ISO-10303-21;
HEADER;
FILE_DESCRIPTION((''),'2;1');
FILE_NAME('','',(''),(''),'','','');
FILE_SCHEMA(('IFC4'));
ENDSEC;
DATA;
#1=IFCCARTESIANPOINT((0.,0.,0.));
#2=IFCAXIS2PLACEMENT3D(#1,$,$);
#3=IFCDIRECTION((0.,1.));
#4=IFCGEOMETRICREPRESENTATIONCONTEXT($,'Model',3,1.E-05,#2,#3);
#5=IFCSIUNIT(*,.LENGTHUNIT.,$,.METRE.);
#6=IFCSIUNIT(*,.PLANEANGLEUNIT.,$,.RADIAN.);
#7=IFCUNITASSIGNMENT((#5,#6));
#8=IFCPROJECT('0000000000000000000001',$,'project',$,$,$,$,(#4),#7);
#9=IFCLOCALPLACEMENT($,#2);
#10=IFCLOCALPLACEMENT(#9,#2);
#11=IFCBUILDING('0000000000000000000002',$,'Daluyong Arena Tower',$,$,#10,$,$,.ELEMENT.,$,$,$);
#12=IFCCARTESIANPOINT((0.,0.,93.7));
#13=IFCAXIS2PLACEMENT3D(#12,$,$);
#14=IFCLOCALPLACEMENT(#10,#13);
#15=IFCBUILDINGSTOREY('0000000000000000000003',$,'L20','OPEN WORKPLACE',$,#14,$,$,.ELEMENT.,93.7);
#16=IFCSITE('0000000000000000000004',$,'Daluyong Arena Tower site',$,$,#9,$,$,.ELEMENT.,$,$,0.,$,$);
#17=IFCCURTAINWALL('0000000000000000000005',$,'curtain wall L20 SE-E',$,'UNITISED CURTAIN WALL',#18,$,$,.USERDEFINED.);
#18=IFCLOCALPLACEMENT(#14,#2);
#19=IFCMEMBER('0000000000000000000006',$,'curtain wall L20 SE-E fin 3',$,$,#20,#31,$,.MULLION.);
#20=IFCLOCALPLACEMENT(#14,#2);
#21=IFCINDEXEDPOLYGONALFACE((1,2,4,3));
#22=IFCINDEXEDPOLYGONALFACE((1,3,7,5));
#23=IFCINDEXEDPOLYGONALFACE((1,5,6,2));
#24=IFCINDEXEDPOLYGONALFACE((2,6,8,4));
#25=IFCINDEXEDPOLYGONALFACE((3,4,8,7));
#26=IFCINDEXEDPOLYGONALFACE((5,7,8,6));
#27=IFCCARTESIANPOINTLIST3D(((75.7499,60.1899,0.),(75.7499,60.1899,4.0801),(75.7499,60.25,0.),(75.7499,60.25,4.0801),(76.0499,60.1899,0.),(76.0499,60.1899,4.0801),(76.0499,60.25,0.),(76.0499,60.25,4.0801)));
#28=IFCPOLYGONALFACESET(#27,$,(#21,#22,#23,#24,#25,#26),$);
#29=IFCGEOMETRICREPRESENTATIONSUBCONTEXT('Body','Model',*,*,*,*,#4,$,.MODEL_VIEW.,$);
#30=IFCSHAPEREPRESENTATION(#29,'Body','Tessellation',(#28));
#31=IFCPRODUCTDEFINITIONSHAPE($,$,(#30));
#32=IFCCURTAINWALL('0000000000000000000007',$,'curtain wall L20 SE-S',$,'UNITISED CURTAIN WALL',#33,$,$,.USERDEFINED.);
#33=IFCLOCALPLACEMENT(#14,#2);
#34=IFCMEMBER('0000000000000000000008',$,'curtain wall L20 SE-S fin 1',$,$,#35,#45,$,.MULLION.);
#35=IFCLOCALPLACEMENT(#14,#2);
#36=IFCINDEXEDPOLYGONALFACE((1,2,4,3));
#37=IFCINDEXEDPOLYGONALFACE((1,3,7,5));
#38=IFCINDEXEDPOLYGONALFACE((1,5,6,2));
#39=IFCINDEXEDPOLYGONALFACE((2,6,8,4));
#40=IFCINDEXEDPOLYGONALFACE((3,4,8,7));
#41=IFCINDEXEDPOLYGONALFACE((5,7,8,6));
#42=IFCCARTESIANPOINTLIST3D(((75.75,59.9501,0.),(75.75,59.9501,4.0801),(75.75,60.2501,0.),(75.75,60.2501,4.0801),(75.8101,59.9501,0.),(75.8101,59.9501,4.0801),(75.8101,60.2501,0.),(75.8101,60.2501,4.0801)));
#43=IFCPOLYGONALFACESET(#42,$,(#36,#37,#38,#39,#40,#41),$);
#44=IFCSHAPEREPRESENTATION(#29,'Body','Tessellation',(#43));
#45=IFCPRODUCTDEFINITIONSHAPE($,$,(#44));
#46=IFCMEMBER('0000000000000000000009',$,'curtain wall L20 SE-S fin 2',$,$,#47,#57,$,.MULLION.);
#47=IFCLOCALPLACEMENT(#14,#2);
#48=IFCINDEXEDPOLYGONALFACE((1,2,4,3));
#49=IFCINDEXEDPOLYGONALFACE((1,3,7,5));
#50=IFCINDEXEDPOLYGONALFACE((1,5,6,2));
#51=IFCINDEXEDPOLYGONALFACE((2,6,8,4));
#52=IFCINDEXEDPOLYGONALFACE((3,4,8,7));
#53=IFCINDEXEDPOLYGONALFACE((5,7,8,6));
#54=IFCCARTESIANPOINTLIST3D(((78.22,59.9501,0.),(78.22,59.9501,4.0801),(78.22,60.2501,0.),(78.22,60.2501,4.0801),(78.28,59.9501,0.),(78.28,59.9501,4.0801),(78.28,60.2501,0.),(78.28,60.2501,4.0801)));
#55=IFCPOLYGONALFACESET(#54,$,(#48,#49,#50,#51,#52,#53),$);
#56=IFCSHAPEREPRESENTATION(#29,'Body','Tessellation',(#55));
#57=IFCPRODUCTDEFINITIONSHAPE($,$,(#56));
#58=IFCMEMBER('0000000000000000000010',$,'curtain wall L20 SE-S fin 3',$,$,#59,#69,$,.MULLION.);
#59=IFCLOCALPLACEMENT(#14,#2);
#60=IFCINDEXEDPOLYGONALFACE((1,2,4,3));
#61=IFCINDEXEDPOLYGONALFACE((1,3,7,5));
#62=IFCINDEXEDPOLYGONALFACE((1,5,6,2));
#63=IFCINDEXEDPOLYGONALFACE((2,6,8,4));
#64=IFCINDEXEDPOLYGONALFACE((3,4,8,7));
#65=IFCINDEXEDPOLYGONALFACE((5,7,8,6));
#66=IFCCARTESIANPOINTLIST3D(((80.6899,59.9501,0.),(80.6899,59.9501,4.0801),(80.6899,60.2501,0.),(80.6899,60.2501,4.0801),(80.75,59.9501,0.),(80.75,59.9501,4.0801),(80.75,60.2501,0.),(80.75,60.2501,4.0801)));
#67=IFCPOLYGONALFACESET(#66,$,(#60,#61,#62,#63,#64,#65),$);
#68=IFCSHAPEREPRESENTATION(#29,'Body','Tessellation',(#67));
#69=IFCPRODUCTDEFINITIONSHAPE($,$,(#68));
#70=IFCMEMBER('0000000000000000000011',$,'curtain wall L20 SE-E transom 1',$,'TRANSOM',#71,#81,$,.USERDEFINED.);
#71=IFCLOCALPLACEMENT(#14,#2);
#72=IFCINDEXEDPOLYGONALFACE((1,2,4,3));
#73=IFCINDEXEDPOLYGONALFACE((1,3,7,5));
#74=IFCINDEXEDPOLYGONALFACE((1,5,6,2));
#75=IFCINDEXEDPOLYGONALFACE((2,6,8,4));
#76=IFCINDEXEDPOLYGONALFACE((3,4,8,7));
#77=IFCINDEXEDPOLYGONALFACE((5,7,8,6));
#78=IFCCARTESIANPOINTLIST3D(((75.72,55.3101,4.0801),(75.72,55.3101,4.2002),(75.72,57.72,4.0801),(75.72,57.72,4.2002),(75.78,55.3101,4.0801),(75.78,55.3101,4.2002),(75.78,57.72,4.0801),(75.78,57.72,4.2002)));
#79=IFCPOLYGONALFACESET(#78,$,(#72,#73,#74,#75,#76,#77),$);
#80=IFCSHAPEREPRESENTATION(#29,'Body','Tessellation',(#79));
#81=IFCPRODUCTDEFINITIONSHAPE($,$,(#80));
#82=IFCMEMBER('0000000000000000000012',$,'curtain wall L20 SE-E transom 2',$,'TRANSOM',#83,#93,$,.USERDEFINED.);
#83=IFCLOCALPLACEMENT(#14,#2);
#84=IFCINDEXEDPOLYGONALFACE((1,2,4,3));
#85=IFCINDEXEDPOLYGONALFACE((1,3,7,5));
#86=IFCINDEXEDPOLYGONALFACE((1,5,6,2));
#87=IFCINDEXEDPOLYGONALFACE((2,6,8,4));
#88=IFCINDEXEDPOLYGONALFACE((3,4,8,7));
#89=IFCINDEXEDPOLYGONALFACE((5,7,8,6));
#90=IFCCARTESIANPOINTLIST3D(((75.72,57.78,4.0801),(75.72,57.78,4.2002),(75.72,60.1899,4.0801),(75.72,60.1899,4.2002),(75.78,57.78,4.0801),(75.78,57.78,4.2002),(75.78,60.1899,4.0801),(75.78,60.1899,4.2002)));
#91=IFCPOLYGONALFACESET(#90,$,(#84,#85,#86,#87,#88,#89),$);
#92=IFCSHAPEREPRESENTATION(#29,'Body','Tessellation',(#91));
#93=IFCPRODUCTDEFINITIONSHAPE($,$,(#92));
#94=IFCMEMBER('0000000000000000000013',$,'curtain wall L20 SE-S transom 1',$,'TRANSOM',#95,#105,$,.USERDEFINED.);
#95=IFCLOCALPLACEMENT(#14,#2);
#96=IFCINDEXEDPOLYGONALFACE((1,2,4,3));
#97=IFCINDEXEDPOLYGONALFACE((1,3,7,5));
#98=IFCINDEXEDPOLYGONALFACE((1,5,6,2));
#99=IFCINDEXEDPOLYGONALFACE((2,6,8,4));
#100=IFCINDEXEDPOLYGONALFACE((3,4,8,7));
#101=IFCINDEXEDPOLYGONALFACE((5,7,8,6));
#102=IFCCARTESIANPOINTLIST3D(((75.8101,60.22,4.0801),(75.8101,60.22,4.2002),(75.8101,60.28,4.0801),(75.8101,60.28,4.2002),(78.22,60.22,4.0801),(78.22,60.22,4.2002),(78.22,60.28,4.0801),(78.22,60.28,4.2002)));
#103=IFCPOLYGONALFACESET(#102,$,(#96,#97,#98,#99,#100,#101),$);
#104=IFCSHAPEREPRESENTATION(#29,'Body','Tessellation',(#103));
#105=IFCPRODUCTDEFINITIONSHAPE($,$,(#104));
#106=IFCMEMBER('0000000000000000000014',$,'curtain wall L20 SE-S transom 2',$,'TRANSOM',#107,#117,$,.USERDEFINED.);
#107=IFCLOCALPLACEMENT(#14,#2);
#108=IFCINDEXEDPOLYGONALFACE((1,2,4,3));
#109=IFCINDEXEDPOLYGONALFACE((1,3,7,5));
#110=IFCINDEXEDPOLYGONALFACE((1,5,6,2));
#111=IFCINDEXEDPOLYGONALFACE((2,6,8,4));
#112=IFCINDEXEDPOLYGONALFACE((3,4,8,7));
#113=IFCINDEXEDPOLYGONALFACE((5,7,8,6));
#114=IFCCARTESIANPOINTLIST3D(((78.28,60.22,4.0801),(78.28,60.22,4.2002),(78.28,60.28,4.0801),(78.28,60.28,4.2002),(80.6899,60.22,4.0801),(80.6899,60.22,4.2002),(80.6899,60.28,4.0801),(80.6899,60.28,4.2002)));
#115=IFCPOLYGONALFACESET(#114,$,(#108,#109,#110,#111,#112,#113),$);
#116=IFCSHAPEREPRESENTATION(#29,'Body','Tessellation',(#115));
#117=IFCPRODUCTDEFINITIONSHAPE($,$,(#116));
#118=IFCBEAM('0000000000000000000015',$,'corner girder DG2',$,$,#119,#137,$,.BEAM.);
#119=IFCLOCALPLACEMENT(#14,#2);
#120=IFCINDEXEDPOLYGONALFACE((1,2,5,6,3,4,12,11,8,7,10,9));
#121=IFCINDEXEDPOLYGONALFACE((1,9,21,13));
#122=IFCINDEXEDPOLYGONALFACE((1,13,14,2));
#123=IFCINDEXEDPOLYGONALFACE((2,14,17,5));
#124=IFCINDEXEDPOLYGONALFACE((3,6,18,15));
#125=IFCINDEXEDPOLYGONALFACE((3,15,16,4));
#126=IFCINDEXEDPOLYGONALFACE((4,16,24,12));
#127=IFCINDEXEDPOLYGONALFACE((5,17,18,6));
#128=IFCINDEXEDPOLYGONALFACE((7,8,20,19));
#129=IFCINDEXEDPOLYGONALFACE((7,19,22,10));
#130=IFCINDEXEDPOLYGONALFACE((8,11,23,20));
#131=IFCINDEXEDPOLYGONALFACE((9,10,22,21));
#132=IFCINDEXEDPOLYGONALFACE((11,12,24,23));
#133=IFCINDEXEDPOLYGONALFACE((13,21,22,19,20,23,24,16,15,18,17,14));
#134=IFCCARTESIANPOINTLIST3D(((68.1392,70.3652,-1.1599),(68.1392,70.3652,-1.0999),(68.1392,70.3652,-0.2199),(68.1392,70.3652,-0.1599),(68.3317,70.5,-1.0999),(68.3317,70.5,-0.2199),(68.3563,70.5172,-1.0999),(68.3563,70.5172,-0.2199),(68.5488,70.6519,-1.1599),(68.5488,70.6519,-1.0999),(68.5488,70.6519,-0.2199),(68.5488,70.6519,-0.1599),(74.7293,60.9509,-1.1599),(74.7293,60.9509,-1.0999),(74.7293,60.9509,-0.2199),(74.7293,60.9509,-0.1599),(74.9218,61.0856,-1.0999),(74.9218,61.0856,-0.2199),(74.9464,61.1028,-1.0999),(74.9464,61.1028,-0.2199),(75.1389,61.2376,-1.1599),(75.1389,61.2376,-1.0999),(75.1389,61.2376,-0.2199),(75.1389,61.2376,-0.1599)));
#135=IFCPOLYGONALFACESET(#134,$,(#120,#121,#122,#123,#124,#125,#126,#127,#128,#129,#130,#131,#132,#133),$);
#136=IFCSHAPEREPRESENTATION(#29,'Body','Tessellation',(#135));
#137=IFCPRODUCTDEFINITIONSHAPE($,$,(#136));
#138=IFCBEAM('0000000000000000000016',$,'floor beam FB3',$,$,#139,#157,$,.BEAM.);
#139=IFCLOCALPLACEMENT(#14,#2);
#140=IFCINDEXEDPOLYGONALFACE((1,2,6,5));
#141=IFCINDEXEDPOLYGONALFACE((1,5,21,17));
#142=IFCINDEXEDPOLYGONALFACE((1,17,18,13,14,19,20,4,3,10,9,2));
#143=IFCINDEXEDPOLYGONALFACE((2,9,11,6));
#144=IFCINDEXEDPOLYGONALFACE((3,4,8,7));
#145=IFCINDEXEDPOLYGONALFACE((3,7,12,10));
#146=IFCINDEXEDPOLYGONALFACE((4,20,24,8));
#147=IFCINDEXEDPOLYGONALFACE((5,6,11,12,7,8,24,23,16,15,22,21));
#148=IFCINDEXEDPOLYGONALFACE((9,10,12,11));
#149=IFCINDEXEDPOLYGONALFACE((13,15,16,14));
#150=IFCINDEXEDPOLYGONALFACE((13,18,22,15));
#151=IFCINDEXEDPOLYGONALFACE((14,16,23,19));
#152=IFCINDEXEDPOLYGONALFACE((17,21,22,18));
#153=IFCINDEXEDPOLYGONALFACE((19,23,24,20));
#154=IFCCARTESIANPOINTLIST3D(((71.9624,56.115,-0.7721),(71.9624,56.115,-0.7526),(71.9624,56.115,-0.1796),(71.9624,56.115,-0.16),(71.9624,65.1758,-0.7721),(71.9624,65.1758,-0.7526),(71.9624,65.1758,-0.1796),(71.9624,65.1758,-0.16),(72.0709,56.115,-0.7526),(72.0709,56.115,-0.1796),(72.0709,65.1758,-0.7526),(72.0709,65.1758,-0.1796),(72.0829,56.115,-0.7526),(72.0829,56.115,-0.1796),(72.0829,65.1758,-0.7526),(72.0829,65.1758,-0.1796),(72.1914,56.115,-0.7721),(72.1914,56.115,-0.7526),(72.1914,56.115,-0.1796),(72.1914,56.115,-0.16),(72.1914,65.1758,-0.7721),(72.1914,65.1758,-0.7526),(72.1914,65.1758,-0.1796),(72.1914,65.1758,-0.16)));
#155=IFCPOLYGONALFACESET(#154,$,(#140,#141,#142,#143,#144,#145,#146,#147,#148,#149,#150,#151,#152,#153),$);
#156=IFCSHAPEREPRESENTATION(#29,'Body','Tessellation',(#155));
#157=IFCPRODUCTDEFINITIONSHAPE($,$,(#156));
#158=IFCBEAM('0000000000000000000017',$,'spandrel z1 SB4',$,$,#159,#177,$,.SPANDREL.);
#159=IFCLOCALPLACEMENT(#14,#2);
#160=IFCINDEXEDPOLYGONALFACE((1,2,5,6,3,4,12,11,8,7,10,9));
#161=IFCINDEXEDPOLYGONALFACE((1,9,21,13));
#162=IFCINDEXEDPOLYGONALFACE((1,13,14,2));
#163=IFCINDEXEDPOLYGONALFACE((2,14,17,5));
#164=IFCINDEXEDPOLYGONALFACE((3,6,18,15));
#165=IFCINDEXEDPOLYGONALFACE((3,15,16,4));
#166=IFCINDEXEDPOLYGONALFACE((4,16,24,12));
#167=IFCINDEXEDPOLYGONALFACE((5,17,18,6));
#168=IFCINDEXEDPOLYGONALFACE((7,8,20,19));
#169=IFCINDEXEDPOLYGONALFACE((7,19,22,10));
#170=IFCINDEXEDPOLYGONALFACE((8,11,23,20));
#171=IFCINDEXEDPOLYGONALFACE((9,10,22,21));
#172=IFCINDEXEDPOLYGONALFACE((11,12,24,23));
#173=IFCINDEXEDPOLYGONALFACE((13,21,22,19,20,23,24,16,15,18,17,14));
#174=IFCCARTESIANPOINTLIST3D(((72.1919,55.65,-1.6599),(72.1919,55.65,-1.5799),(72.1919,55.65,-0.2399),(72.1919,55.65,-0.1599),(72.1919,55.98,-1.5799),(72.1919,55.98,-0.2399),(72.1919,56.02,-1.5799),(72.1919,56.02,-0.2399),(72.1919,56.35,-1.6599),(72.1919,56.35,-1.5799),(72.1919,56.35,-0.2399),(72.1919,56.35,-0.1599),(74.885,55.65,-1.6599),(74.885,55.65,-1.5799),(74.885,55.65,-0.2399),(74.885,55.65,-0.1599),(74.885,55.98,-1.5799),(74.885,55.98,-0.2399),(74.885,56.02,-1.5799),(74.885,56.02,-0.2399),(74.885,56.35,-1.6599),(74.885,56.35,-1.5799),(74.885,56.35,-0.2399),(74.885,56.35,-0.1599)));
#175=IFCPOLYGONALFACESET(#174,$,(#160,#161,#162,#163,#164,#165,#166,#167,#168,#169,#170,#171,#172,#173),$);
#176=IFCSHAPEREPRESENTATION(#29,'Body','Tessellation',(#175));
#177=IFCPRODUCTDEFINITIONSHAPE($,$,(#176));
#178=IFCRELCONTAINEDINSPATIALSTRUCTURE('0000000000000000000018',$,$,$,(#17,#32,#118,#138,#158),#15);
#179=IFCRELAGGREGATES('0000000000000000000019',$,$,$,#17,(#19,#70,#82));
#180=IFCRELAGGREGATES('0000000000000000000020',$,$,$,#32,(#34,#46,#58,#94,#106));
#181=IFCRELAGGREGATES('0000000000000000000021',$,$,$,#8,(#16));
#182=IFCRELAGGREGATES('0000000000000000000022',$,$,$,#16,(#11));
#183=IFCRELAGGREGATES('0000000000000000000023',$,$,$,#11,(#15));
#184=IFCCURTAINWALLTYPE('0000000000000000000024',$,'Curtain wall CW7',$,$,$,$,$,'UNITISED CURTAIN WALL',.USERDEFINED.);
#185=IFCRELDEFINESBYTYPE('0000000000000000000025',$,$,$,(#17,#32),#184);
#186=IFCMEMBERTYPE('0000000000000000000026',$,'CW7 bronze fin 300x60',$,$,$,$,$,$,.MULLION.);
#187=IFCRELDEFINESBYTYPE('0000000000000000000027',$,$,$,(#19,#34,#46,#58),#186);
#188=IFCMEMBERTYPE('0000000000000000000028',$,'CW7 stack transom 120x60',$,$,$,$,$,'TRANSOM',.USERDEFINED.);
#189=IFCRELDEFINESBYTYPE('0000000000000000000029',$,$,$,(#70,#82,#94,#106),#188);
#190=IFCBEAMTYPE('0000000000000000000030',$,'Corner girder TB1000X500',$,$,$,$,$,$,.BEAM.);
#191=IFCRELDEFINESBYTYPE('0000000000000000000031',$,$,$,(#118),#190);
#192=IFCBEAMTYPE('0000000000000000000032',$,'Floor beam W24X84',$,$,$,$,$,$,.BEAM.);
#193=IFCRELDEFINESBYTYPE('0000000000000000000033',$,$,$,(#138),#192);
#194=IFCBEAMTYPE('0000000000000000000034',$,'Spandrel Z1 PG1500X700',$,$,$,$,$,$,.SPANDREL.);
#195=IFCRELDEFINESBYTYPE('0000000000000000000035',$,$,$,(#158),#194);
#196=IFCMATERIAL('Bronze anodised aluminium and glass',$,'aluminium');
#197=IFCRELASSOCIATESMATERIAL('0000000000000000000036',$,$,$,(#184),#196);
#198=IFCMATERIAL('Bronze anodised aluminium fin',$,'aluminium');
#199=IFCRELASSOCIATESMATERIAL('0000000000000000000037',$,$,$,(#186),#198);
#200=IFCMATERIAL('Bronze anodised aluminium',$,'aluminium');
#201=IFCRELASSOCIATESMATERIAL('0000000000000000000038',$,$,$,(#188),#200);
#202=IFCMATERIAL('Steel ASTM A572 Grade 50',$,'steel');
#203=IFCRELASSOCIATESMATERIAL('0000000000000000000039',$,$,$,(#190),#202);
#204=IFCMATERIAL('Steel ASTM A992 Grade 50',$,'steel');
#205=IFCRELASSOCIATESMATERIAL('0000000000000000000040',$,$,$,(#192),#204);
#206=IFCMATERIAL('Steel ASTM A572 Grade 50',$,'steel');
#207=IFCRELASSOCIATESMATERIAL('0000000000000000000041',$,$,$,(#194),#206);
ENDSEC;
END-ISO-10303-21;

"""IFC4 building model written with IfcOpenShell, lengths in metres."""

from ifc_helpers import new_model, si_unit, direction, frame, origin, origin_2d, place, context, subcontext, project, spatial, rectangle, i_section, extrude, material, material_profile, profile_set, type_object, element, aggregate, save


model = new_model("IFC4")

# Units and contexts
model_context = context("Model", 3, precision=1e-05, world=origin(), true_north=direction((0.0, 1.0)))
body_context = subcontext(model_context, "Body", "Model", "MODEL_VIEW")
ifc_project = project(units=[si_unit("LENGTHUNIT", "METRE"), si_unit("PLANEANGLEUNIT", "RADIAN")], contexts=[model_context])

# Site, building, storey
site_placement = place(None, origin())
site = spatial("IfcSite", under=ifc_project, at=site_placement, Name="Daluyong Arena Tower site", CompositionType="ELEMENT", RefElevation=0.0)
building_placement = place(site_placement, origin())
building = spatial("IfcBuilding", under=site, at=building_placement, Name="Daluyong Arena Tower", CompositionType="ELEMENT")
storey_placement = place(building_placement, frame((0.0, 0.0, 93.7)))
storey = spatial("IfcBuildingStorey", under=building, at=storey_placement, Name="L20", Description="OPEN WORKPLACE", CompositionType="ELEMENT", Elevation=93.7)

# Curtain walls, members
ifc_material_1 = material(Name="Bronze anodised aluminium and glass", Category="aluminium")
curtain_wall_type_1 = type_object("IfcCurtainWallType", Name="Curtain wall CW7", ElementType="UNITISED CURTAIN WALL", PredefinedType="USERDEFINED", material=ifc_material_1)
curtain_wall_1_placement = place(storey_placement, origin())
curtain_wall_1 = element("IfcCurtainWall", 1, at=curtain_wall_1_placement, inside=storey, type_object=curtain_wall_type_1, Name="curtain wall L20 SE-E", ObjectType="UNITISED CURTAIN WALL", PredefinedType="USERDEFINED")
ifc_material_2 = material(Name="Bronze anodised aluminium fin", Category="aluminium")
ifc_material_profile_1 = material_profile(ifc_material_2, rectangle(XDim=0.3, YDim=0.0601, at=origin_2d()))
ifc_profile_set_1 = profile_set([ifc_material_profile_1], Name="Bronze anodised aluminium fin")
member_type_1 = type_object("IfcMemberType", Name="CW7 bronze fin 300x60", PredefinedType="MULLION", material=ifc_profile_set_1)
member_1_placement = place(storey_placement, frame((75.8999, 60.22, 0.0), z_axis=(0.0, 0.0, 1.0), x_axis=(-1.0, 0.0, 0.0)))
member_1 = element("IfcMember", 2, at=member_1_placement, type_object=member_type_1, Name="curtain wall L20 SE-E fin 3", PredefinedType="MULLION", context=body_context, shape_type="SweptSolid", body=[
    extrude(rectangle(XDim=0.3, YDim=0.0601, at=origin_2d()), origin(), (0.0, 0.0, 1.0), 4.0801),
])
curtain_wall_2_placement = place(storey_placement, origin())
curtain_wall_2 = element("IfcCurtainWall", 3, at=curtain_wall_2_placement, inside=storey, type_object=curtain_wall_type_1, Name="curtain wall L20 SE-S", ObjectType="UNITISED CURTAIN WALL", PredefinedType="USERDEFINED")
member_2_placement = place(storey_placement, frame((75.78, 60.1001, 0.0), z_axis=(0.0, 0.0, 1.0), x_axis=(0.0, 1.0, 0.0)))
member_2 = element("IfcMember", 4, at=member_2_placement, type_object=member_type_1, Name="curtain wall L20 SE-S fin 1", PredefinedType="MULLION", context=body_context, shape_type="SweptSolid", body=[
    extrude(rectangle(XDim=0.3, YDim=0.0601, at=origin_2d()), origin(), (0.0, 0.0, 1.0), 4.0801),
])
member_3_placement = place(storey_placement, frame((78.25, 60.1001, 0.0), z_axis=(0.0, 0.0, 1.0), x_axis=(0.0, 1.0, 0.0)))
member_3 = element("IfcMember", 5, at=member_3_placement, type_object=member_type_1, Name="curtain wall L20 SE-S fin 2", PredefinedType="MULLION", context=body_context, shape_type="SweptSolid", body=[
    extrude(rectangle(XDim=0.3, YDim=0.0601, at=origin_2d()), origin(), (0.0, 0.0, 1.0), 4.0801),
])
member_4_placement = place(storey_placement, frame((80.72, 60.1001, 0.0), z_axis=(0.0, 0.0, 1.0), x_axis=(0.0, 1.0, 0.0)))
member_4 = element("IfcMember", 6, at=member_4_placement, type_object=member_type_1, Name="curtain wall L20 SE-S fin 3", PredefinedType="MULLION", context=body_context, shape_type="SweptSolid", body=[
    extrude(rectangle(XDim=0.3, YDim=0.0601, at=origin_2d()), origin(), (0.0, 0.0, 1.0), 4.0801),
])

# Members
ifc_material_3 = material(Name="Bronze anodised aluminium", Category="aluminium")
ifc_material_profile_2 = material_profile(ifc_material_3, rectangle(XDim=0.0601, YDim=0.1201, at=origin_2d()))
ifc_profile_set_2 = profile_set([ifc_material_profile_2], Name="Bronze anodised aluminium")
member_type_2 = type_object("IfcMemberType", Name="CW7 stack transom 120x60", ElementType="TRANSOM", PredefinedType="USERDEFINED", material=ifc_profile_set_2)
member_5_placement = place(storey_placement, frame((75.75, 55.3101, 4.1401), z_axis=(0.0, 1.0, 0.0), x_axis=(-1.0, 0.0, 0.0)))
member_5 = element("IfcMember", 7, at=member_5_placement, type_object=member_type_2, Name="curtain wall L20 SE-E transom 1", ObjectType="TRANSOM", PredefinedType="USERDEFINED", context=body_context, shape_type="SweptSolid", body=[
    extrude(rectangle(XDim=0.0601, YDim=0.1201, at=origin_2d()), origin(), (0.0, 0.0, 1.0), 2.4099),
])
member_6_placement = place(storey_placement, frame((75.75, 57.78, 4.1401), z_axis=(0.0, 1.0, 0.0), x_axis=(-1.0, 0.0, 0.0)))
member_6 = element("IfcMember", 8, at=member_6_placement, type_object=member_type_2, Name="curtain wall L20 SE-E transom 2", ObjectType="TRANSOM", PredefinedType="USERDEFINED", context=body_context, shape_type="SweptSolid", body=[
    extrude(rectangle(XDim=0.0601, YDim=0.1201, at=origin_2d()), origin(), (0.0, 0.0, 1.0), 2.4099),
])
member_7_placement = place(storey_placement, frame((75.8101, 60.25, 4.1401), z_axis=(1.0, 0.0, 0.0), x_axis=(0.0, 1.0, 0.0)))
member_7 = element("IfcMember", 9, at=member_7_placement, type_object=member_type_2, Name="curtain wall L20 SE-S transom 1", ObjectType="TRANSOM", PredefinedType="USERDEFINED", context=body_context, shape_type="SweptSolid", body=[
    extrude(rectangle(XDim=0.0601, YDim=0.1201, at=origin_2d()), origin(), (0.0, 0.0, 1.0), 2.4099),
])
member_8_placement = place(storey_placement, frame((78.28, 60.25, 4.1401), z_axis=(1.0, 0.0, 0.0), x_axis=(0.0, 1.0, 0.0)))
member_8 = element("IfcMember", 10, at=member_8_placement, type_object=member_type_2, Name="curtain wall L20 SE-S transom 2", ObjectType="TRANSOM", PredefinedType="USERDEFINED", context=body_context, shape_type="SweptSolid", body=[
    extrude(rectangle(XDim=0.0601, YDim=0.1201, at=origin_2d()), origin(), (0.0, 0.0, 1.0), 2.4099),
])

# Beams
ifc_material_4 = material(Name="Steel ASTM A572 Grade 50", Category="steel")
ifc_material_profile_3 = material_profile(ifc_material_4, i_section(OverallWidth=0.5, OverallDepth=1.0, WebThickness=0.03, FlangeThickness=0.06, at=origin_2d()))
ifc_profile_set_3 = profile_set([ifc_material_profile_3], Name="Steel ASTM A572 Grade 50")
beam_type_1 = type_object("IfcBeamType", Name="Corner girder TB1000X500", PredefinedType="BEAM", material=ifc_profile_set_3)
beam_1_placement = place(storey_placement, frame((74.9341, 61.0942, -0.6599), z_axis=(-0.573467, 0.819229, 0.0), x_axis=(-0.819229, -0.573467, 0.0)))
element("IfcBeam", 11, at=beam_1_placement, inside=storey, type_object=beam_type_1, Name="corner girder DG2", PredefinedType="BEAM", context=body_context, shape_type="SweptSolid", body=[
    extrude(i_section(OverallWidth=0.5, OverallDepth=1.0, WebThickness=0.03, FlangeThickness=0.06, at=origin_2d()), origin(), (0.0, 0.0, 1.0), 11.4917),
])
ifc_material_5 = material(Name="Steel ASTM A992 Grade 50", Category="steel")
ifc_material_profile_4 = material_profile(ifc_material_5, i_section(OverallWidth=0.229, OverallDepth=0.6121, WebThickness=0.012, FlangeThickness=0.0195, at=origin_2d()))
ifc_profile_set_4 = profile_set([ifc_material_profile_4], Name="Steel ASTM A992 Grade 50")
beam_type_2 = type_object("IfcBeamType", Name="Floor beam W24X84", PredefinedType="BEAM", material=ifc_profile_set_4)
beam_2_placement = place(storey_placement, frame((72.0769, 56.115, -0.4661), z_axis=(0.0, 1.0, 0.0), x_axis=(-1.0, 0.0, 0.0)))
element("IfcBeam", 12, at=beam_2_placement, inside=storey, type_object=beam_type_2, Name="floor beam FB3", PredefinedType="BEAM", context=body_context, shape_type="SweptSolid", body=[
    extrude(i_section(OverallWidth=0.229, OverallDepth=0.6121, WebThickness=0.012, FlangeThickness=0.0195, at=origin_2d()), origin(), (0.0, 0.0, 1.0), 9.0608),
])
ifc_material_6 = material(Name="Steel ASTM A572 Grade 50", Category="steel")
ifc_material_profile_5 = material_profile(ifc_material_6, i_section(OverallWidth=0.7, OverallDepth=1.5, WebThickness=0.04, FlangeThickness=0.08, at=origin_2d()))
ifc_profile_set_5 = profile_set([ifc_material_profile_5], Name="Steel ASTM A572 Grade 50")
beam_type_3 = type_object("IfcBeamType", Name="Spandrel Z1 PG1500X700", PredefinedType="SPANDREL", material=ifc_profile_set_5)
beam_3_placement = place(storey_placement, frame((72.1919, 56.0, -0.9099), z_axis=(1.0, 0.0, 0.0), x_axis=(0.0, 1.0, 0.0)))
element("IfcBeam", 13, at=beam_3_placement, inside=storey, type_object=beam_type_3, Name="spandrel z1 SB4", PredefinedType="SPANDREL", context=body_context, shape_type="SweptSolid", body=[
    extrude(i_section(OverallWidth=0.7, OverallDepth=1.5, WebThickness=0.04, FlangeThickness=0.08, at=origin_2d()), origin(), (0.0, 0.0, 1.0), 2.6931),
])

aggregate(curtain_wall_1, [member_1, member_5, member_6])
aggregate(curtain_wall_2, [member_2, member_3, member_4, member_7, member_8])

save(model, "model.ifc")
